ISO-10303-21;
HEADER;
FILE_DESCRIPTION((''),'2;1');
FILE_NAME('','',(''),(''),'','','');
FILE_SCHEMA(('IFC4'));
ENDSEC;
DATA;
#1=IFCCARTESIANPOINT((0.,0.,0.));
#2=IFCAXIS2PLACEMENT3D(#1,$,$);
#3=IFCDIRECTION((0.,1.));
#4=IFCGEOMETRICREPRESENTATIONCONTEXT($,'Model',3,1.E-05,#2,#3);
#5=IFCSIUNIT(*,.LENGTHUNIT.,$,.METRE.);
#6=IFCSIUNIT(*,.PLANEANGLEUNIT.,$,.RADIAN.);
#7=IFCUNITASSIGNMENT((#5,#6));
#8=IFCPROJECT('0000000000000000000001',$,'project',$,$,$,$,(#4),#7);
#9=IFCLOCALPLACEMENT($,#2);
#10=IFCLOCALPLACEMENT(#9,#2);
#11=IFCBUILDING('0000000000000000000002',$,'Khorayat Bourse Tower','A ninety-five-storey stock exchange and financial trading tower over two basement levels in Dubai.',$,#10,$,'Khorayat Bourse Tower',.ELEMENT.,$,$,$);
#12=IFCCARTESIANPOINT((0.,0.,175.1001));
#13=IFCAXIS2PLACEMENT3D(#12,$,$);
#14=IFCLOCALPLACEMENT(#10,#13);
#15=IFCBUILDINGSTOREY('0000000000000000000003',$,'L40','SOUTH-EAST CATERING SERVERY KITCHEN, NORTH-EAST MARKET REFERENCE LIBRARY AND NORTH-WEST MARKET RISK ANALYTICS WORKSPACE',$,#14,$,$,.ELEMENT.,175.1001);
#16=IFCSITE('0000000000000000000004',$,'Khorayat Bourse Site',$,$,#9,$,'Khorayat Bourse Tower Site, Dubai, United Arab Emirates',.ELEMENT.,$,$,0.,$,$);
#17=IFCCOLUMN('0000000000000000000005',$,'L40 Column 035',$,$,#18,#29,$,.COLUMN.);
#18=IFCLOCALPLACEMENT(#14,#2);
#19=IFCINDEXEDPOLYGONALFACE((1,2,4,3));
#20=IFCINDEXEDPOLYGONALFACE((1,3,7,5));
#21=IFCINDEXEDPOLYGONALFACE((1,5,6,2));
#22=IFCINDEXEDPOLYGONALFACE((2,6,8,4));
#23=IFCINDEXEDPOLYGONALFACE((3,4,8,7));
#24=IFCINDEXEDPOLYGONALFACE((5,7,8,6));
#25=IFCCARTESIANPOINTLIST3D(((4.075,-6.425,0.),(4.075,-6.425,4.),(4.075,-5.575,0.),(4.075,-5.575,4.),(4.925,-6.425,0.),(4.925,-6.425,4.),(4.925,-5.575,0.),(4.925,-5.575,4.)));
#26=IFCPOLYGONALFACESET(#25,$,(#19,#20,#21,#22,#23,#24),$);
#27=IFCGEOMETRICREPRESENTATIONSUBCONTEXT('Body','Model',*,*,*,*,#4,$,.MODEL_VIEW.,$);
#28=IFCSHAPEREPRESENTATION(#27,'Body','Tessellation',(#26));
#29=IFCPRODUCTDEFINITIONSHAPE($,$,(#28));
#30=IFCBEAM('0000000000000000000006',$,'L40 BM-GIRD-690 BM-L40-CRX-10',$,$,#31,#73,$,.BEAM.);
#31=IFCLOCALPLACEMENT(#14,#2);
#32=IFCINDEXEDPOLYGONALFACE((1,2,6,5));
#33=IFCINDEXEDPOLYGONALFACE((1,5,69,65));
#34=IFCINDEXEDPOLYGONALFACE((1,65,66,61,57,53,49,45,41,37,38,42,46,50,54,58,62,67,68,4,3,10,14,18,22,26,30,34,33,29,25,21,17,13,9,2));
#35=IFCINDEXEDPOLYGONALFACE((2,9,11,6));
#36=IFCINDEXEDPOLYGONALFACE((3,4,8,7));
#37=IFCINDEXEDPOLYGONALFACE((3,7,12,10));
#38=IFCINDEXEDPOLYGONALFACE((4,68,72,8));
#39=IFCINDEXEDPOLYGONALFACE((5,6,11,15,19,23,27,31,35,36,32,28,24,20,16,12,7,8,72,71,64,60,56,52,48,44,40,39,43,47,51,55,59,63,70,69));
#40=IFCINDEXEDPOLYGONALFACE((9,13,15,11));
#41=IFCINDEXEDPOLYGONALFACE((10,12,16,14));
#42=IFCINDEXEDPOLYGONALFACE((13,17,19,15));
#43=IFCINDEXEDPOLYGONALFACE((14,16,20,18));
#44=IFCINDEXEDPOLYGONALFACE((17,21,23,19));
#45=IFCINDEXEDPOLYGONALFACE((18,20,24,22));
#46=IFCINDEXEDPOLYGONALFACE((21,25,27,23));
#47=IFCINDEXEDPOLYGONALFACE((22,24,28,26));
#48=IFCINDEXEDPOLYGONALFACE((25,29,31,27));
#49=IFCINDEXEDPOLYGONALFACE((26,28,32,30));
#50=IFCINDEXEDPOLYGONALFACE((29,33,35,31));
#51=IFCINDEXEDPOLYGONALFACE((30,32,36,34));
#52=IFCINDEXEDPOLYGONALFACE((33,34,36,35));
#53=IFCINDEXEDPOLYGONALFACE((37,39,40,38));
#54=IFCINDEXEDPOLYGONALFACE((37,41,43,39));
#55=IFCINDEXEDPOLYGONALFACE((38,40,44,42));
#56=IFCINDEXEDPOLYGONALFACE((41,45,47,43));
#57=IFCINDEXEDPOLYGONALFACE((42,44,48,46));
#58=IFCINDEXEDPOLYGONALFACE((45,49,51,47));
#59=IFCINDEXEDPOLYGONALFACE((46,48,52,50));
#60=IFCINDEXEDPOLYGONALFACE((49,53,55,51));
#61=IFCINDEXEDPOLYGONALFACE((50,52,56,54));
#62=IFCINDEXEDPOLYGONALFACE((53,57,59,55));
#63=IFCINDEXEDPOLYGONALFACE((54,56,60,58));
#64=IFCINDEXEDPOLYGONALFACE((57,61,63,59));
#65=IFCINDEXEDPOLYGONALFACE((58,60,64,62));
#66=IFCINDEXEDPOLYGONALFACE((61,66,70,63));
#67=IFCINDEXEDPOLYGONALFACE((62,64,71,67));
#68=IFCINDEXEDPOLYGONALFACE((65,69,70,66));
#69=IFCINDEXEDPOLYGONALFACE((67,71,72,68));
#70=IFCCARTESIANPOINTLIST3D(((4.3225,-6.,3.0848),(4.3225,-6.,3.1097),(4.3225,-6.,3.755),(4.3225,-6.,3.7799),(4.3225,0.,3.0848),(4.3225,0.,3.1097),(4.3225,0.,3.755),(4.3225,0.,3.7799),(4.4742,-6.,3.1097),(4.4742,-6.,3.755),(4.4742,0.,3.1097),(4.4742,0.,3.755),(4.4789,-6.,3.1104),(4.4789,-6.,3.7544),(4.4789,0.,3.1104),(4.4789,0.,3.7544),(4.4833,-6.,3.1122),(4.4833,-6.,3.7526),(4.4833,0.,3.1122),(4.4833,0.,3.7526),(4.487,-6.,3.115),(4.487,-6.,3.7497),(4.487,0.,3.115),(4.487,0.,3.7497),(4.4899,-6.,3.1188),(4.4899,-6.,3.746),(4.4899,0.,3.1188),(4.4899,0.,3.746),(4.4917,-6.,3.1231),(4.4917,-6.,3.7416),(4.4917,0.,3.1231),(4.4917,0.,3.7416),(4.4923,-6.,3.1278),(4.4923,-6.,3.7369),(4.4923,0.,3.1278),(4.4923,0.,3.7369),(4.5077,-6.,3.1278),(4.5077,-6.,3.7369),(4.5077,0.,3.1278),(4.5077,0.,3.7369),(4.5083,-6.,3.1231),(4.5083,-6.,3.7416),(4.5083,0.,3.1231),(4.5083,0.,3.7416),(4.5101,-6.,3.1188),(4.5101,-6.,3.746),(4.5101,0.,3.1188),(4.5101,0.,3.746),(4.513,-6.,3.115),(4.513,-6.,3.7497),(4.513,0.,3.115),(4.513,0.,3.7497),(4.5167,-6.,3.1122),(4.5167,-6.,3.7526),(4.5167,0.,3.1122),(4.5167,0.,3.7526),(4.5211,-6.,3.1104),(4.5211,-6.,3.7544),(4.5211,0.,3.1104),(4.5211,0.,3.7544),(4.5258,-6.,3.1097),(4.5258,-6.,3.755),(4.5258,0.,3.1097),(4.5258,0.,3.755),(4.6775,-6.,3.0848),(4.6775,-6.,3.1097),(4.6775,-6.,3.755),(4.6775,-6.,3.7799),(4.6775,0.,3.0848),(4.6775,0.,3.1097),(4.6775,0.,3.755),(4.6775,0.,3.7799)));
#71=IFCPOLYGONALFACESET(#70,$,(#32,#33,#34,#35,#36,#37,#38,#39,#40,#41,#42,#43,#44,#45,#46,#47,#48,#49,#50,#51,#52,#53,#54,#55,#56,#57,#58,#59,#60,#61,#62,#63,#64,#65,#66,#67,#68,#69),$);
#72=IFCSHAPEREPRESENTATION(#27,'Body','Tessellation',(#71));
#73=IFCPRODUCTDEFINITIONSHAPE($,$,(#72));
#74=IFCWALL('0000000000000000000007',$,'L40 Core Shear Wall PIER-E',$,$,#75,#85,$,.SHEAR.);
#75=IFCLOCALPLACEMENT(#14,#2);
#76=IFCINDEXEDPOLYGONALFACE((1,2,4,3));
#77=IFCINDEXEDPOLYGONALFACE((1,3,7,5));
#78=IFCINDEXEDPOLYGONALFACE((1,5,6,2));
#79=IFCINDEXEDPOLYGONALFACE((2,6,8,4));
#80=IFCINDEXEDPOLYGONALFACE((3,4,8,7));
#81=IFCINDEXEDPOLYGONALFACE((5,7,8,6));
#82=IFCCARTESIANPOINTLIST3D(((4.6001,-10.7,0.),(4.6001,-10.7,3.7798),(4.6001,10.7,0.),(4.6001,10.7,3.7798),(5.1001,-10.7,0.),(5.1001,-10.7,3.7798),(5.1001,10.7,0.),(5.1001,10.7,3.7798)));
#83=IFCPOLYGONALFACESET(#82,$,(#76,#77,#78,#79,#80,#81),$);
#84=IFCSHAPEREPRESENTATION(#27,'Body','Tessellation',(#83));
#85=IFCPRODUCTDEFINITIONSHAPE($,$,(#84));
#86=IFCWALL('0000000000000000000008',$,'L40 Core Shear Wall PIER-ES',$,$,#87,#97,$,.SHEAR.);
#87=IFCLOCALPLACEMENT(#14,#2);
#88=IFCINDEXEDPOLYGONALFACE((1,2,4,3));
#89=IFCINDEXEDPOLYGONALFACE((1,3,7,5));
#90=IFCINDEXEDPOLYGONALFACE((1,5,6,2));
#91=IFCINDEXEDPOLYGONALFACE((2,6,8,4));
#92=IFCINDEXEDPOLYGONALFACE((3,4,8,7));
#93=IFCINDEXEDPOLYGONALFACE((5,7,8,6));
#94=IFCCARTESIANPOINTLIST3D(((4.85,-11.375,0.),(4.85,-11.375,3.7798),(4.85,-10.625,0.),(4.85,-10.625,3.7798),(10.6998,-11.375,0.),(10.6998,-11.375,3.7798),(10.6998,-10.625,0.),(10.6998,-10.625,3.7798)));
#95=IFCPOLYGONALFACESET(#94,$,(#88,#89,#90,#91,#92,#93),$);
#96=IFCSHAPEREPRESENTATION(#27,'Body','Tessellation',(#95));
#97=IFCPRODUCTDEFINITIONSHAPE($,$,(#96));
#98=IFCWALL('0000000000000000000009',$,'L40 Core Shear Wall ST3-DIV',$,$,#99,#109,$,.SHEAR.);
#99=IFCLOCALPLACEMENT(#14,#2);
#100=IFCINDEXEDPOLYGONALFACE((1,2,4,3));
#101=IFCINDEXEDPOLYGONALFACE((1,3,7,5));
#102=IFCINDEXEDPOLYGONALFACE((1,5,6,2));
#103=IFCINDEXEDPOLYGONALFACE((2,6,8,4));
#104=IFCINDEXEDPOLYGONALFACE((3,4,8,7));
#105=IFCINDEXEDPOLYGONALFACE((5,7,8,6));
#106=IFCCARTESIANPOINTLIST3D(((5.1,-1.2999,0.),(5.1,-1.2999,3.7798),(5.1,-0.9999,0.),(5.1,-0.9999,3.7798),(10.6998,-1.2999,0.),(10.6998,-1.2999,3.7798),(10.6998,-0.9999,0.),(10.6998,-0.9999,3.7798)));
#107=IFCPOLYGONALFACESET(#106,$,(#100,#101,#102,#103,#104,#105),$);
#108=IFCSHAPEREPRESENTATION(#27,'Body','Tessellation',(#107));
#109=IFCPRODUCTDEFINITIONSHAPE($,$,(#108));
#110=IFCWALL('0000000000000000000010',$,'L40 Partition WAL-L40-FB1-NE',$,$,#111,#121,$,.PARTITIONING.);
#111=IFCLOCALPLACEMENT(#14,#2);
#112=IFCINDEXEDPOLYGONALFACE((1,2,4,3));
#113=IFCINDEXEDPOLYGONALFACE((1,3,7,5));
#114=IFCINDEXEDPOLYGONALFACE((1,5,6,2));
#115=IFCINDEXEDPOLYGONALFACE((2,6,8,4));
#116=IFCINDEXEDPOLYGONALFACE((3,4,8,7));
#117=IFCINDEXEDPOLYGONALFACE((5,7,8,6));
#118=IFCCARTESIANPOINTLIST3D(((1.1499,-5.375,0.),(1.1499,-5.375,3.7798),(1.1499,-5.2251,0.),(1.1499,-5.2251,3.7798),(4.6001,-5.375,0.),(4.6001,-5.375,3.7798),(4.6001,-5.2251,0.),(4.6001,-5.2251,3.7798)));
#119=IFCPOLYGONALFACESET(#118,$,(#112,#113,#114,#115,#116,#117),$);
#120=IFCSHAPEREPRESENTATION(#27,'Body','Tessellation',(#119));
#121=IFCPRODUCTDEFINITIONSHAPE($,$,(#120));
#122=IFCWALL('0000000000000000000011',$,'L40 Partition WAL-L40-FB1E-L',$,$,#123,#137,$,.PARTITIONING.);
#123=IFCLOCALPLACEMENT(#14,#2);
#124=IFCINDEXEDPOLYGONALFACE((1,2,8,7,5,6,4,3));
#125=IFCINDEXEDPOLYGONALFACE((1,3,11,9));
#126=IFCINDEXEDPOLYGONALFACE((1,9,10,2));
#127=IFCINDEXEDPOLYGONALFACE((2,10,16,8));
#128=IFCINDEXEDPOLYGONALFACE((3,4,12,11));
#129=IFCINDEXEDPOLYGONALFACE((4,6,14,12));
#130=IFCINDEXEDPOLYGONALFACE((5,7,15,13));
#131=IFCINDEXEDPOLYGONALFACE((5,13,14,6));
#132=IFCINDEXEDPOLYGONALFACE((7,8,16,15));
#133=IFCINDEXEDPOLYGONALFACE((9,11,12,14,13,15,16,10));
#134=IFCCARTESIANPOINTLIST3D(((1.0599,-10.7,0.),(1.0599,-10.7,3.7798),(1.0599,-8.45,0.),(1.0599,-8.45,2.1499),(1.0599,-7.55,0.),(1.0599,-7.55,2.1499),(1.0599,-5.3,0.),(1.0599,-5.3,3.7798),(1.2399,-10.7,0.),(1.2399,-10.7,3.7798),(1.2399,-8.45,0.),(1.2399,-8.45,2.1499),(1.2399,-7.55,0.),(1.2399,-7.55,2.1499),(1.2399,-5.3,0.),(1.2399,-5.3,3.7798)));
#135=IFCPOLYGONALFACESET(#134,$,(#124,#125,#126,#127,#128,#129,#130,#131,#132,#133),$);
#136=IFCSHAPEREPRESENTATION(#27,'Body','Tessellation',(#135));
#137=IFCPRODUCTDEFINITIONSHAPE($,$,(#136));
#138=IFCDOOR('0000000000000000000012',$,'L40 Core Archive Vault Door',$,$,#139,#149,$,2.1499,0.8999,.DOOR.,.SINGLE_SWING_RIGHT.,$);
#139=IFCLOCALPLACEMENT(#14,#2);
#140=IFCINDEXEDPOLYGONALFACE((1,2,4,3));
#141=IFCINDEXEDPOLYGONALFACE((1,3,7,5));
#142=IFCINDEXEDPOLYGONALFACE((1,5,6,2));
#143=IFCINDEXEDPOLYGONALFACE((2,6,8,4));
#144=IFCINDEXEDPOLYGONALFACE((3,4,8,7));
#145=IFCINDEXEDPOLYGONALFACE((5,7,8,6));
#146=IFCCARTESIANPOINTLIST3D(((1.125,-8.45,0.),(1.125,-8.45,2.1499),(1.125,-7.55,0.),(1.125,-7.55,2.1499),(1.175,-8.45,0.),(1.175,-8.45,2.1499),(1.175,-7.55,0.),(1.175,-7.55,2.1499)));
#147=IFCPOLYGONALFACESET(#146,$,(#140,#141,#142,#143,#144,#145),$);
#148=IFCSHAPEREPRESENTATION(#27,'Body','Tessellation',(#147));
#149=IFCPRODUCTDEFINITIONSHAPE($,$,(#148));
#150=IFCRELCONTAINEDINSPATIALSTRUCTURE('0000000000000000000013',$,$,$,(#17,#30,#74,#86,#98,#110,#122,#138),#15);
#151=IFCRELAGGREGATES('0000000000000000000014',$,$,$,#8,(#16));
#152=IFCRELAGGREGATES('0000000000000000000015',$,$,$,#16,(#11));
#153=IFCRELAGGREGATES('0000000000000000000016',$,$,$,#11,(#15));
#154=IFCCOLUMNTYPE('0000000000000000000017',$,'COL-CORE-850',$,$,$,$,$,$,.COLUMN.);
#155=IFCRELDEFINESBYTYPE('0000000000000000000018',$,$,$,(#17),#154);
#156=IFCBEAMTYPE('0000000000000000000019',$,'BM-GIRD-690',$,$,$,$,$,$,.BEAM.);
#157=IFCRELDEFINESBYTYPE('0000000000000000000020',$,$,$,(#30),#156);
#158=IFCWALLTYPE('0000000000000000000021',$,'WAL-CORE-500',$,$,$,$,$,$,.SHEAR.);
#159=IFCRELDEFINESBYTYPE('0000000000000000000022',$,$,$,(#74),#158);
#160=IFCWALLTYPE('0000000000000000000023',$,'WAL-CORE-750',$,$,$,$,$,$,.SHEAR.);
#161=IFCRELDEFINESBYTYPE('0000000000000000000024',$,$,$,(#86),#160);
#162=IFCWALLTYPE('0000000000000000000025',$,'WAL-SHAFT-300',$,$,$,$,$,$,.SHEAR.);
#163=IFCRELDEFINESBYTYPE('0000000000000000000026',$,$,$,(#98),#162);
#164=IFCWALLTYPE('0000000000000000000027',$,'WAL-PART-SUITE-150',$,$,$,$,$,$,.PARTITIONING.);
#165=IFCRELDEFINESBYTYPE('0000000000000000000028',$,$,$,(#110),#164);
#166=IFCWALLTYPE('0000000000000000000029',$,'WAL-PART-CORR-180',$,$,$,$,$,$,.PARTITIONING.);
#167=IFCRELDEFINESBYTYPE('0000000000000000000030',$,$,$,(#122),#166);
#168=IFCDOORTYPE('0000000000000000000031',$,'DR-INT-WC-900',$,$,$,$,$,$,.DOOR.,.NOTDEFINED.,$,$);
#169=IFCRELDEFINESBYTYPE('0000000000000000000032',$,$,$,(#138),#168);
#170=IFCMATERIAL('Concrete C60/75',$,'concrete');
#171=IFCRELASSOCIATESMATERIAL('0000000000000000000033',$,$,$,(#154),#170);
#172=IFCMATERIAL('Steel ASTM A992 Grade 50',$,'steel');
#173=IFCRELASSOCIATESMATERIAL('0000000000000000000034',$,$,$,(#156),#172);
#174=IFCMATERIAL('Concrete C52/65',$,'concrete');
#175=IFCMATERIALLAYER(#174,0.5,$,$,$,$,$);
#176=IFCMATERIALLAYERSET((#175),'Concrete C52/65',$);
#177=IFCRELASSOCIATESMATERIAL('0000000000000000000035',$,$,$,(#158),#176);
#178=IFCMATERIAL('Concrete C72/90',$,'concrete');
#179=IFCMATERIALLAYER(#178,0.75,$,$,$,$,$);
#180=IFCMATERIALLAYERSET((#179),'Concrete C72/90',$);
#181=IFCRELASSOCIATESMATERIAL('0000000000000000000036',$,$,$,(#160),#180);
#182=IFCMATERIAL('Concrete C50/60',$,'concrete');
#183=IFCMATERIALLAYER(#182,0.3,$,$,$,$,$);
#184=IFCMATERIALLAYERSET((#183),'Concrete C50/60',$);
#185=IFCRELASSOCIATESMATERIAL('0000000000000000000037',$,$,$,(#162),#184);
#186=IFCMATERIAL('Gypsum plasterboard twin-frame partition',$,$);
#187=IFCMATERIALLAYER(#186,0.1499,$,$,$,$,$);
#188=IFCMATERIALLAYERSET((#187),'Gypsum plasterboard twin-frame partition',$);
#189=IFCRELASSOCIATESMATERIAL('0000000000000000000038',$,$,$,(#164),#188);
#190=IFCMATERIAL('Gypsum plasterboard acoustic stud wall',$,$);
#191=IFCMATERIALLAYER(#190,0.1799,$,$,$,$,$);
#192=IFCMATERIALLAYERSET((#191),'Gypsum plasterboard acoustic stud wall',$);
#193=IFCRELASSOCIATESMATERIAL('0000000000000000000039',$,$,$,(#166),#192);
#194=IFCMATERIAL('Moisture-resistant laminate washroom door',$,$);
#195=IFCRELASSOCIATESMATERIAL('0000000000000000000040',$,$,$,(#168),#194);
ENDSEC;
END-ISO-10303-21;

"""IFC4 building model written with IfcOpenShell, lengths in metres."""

from ifc_helpers import new_model, si_unit, direction, frame, frame_2d, origin, origin_2d, place, context, subcontext, project, spatial, rectangle, i_section, extrude, source, transform, mapped, material, layer, layer_set, material_profile, profile_set, type_object, element, fill, save


model = new_model("IFC4")

# Units and contexts
model_context = context("Model", 3, precision=1e-05, world=origin(), true_north=direction((0.0, 1.0)))
body_context = subcontext(model_context, "Body", "Model", "MODEL_VIEW")
ifc_project = project(units=[si_unit("LENGTHUNIT", "METRE"), si_unit("PLANEANGLEUNIT", "RADIAN")], contexts=[model_context])

# Site, building, storey
site_placement = place(None, origin())
site = spatial("IfcSite", under=ifc_project, at=site_placement, Name="Khorayat Bourse Site", LongName="Khorayat Bourse Tower Site, Dubai, United Arab Emirates", CompositionType="ELEMENT", RefElevation=0.0)
building_placement = place(site_placement, origin())
building = spatial("IfcBuilding", under=site, at=building_placement, Name="Khorayat Bourse Tower", Description="A ninety-five-storey stock exchange and financial trading tower over two basement levels in Dubai.", LongName="Khorayat Bourse Tower", CompositionType="ELEMENT")
storey_placement = place(building_placement, frame((0.0, 0.0, 175.1001)))
storey = spatial("IfcBuildingStorey", under=building, at=storey_placement, Name="L40", Description="SOUTH-EAST CATERING SERVERY KITCHEN, NORTH-EAST MARKET REFERENCE LIBRARY AND NORTH-WEST MARKET RISK ANALYTICS WORKSPACE", CompositionType="ELEMENT", Elevation=175.1001)

# Column
ifc_material_1 = material(Name="Concrete C60/75", Category="concrete")
ifc_material_profile_1 = material_profile(ifc_material_1, rectangle(XDim=0.8501, YDim=0.8501, at=origin_2d()), Name="RC 850x850")
ifc_profile_set_1 = profile_set([ifc_material_profile_1], Name="Concrete C60/75")
column_type = type_object("IfcColumnType", Name="COL-CORE-850", PredefinedType="COLUMN", material=ifc_profile_set_1)
shared_shape_1 = source(origin(), body_context, "Body", "SweptSolid", [
    extrude(rectangle(XDim=0.8501, YDim=0.8501, at=origin_2d()), origin(), (0.0, 0.0, 1.0), 4.0),
])
column_placement = place(storey_placement, frame((4.5, -6.0, 0.0), z_axis=(0.0, 0.0, 1.0), x_axis=(1.0, 0.0, 0.0)))
element("IfcColumn", 1, at=column_placement, inside=storey, type_object=column_type, Name="L40 Column 035", PredefinedType="COLUMN", context=body_context, shape_type="MappedRepresentation", body=[
    mapped(shared_shape_1, transform((0.0, 0.0, 0.0), scale=1.0)),
])

# Beam
ifc_material_2 = material(Name="Steel ASTM A992 Grade 50", Category="steel")
ifc_material_profile_2 = material_profile(ifc_material_2, i_section(OverallWidth=0.355, OverallDepth=0.6951, WebThickness=0.0154, FlangeThickness=0.0249, FilletRadius=0.0181, at=origin_2d()), Name="W690X217")
ifc_profile_set_2 = profile_set([ifc_material_profile_2], Name="Steel ASTM A992 Grade 50")
beam_type = type_object("IfcBeamType", Name="BM-GIRD-690", PredefinedType="BEAM", material=ifc_profile_set_2)
shared_shape_2 = source(origin(), body_context, "Body", "SweptSolid", [
    extrude(i_section(OverallWidth=0.355, OverallDepth=0.6951, WebThickness=0.0154, FlangeThickness=0.0249, FilletRadius=0.0181, at=origin_2d()), origin(), (0.0, 0.0, 1.0), 6.0),
])
beam_placement = place(storey_placement, frame((4.5, -6.0, 3.4324), z_axis=(0.0, 1.0, 0.0), x_axis=(-1.0, 0.0, 0.0)))
element("IfcBeam", 2, at=beam_placement, inside=storey, type_object=beam_type, Name="L40 BM-GIRD-690 BM-L40-CRX-10", PredefinedType="BEAM", context=body_context, shape_type="MappedRepresentation", body=[
    mapped(shared_shape_2, transform((0.0, 0.0, 0.0), scale=1.0)),
])

# Walls
ifc_material_3 = material(Name="Concrete C52/65", Category="concrete")
ifc_layer_1 = layer(ifc_material_3, 0.5)
ifc_layer_set_1 = layer_set([ifc_layer_1], Name="Concrete C52/65")
wall_type_1 = type_object("IfcWallType", Name="WAL-CORE-500", PredefinedType="SHEAR", material=ifc_layer_set_1)
shared_shape_3 = source(origin(), body_context, "Body", "SweptSolid", [
    extrude(rectangle(XDim=21.3999, YDim=0.5, at=frame_2d((10.7, 0.0))), origin(), (0.0, 0.0, 1.0), 3.7798),
])
wall_1_placement = place(storey_placement, frame((4.8501, -10.7, 0.0), z_axis=(0.0, 0.0, 1.0), x_axis=(0.0, 1.0, 0.0)))
element("IfcWall", 3, at=wall_1_placement, inside=storey, type_object=wall_type_1, Name="L40 Core Shear Wall PIER-E", PredefinedType="SHEAR", context=body_context, shape_type="MappedRepresentation", body=[
    mapped(shared_shape_3, transform((0.0, 0.0, 0.0), scale=1.0)),
])
ifc_material_4 = material(Name="Concrete C72/90", Category="concrete")
ifc_layer_2 = layer(ifc_material_4, 0.75)
ifc_layer_set_2 = layer_set([ifc_layer_2], Name="Concrete C72/90")
wall_type_2 = type_object("IfcWallType", Name="WAL-CORE-750", PredefinedType="SHEAR", material=ifc_layer_set_2)
shared_shape_4 = source(origin(), body_context, "Body", "SweptSolid", [
    extrude(rectangle(XDim=5.8499, YDim=0.75, at=frame_2d((2.9248, 0.0))), origin(), (0.0, 0.0, 1.0), 3.7798),
])
wall_2_placement = place(storey_placement, frame((4.8501, -11.0, 0.0), z_axis=(0.0, 0.0, 1.0), x_axis=(1.0, 0.0, 0.0)))
element("IfcWall", 4, at=wall_2_placement, inside=storey, type_object=wall_type_2, Name="L40 Core Shear Wall PIER-ES", PredefinedType="SHEAR", context=body_context, shape_type="MappedRepresentation", body=[
    mapped(shared_shape_4, transform((0.0, 0.0, 0.0), scale=1.0)),
])
ifc_material_5 = material(Name="Concrete C50/60", Category="concrete")
ifc_layer_3 = layer(ifc_material_5, 0.3)
ifc_layer_set_3 = layer_set([ifc_layer_3], Name="Concrete C50/60")
wall_type_3 = type_object("IfcWallType", Name="WAL-SHAFT-300", PredefinedType="SHEAR", material=ifc_layer_set_3)
shared_shape_5 = source(origin(), body_context, "Body", "SweptSolid", [
    extrude(rectangle(XDim=5.5999, YDim=0.3, at=frame_2d((2.7998, 0.0))), origin(), (0.0, 0.0, 1.0), 3.7798),
])
wall_3_placement = place(storey_placement, frame((5.1001, -1.1499, 0.0), z_axis=(0.0, 0.0, 1.0), x_axis=(1.0, 0.0, 0.0)))
element("IfcWall", 5, at=wall_3_placement, inside=storey, type_object=wall_type_3, Name="L40 Core Shear Wall ST3-DIV", PredefinedType="SHEAR", context=body_context, shape_type="MappedRepresentation", body=[
    mapped(shared_shape_5, transform((0.0, 0.0, 0.0), scale=1.0)),
])
ifc_material_6 = material(Name="Gypsum plasterboard twin-frame partition")
ifc_layer_4 = layer(ifc_material_6, 0.1499)
ifc_layer_set_4 = layer_set([ifc_layer_4], Name="Gypsum plasterboard twin-frame partition")
wall_type_4 = type_object("IfcWallType", Name="WAL-PART-SUITE-150", PredefinedType="PARTITIONING", material=ifc_layer_set_4)
shared_shape_6 = source(origin(), body_context, "Body", "SweptSolid", [
    extrude(rectangle(XDim=3.4502, YDim=0.1499, at=frame_2d((1.7251, 0.0))), origin(), (0.0, 0.0, 1.0), 3.7798),
])
wall_4_placement = place(storey_placement, frame((1.1499, -5.3, 0.0), z_axis=(0.0, 0.0, 1.0), x_axis=(1.0, 0.0, 0.0)))
element("IfcWall", 6, at=wall_4_placement, inside=storey, type_object=wall_type_4, Name="L40 Partition WAL-L40-FB1-NE", PredefinedType="PARTITIONING", context=body_context, shape_type="MappedRepresentation", body=[
    mapped(shared_shape_6, transform((0.0, 0.0, 0.0), scale=1.0)),
])

# Shared definitions
ifc_material_7 = material(Name="Gypsum plasterboard acoustic stud wall")
ifc_layer_5 = layer(ifc_material_7, 0.1799)
ifc_layer_set_5 = layer_set([ifc_layer_5], Name="Gypsum plasterboard acoustic stud wall")
wall_type_5 = type_object("IfcWallType", Name="WAL-PART-CORR-180", PredefinedType="PARTITIONING", material=ifc_layer_set_5)
shared_shape_7 = source(origin(), body_context, "Body", "SweptSolid", [
    extrude(rectangle(XDim=5.3999, YDim=0.1799, at=frame_2d((2.7, 0.0))), origin(), (0.0, 0.0, 1.0), 3.7798),
])
shared_shape_8 = source(origin(), body_context, "Body", "SweptSolid", [
    extrude(rectangle(XDim=0.8999, YDim=2.1499, at=frame_2d((0.45, 1.075))), frame((0.0, 0.0999, 0.0), z_axis=(0.0, -1.0, 0.0), x_axis=(1.0, 0.0, 0.0)), (0.0, 0.0, 1.0), 0.2),
])
ifc_material_8 = material(Name="Moisture-resistant laminate washroom door")
door_type = type_object("IfcDoorType", Name="DR-INT-WC-900", OperationType="NOTDEFINED", PredefinedType="DOOR", material=ifc_material_8)
shared_shape_9 = source(origin(), body_context, "Body", "SweptSolid", [
    extrude(rectangle(XDim=0.8999, YDim=2.1499, at=frame_2d((0.45, 1.075))), frame((0.0, 0.0249, 0.0), z_axis=(0.0, -1.0, 0.0), x_axis=(1.0, 0.0, 0.0)), (0.0, 0.0, 1.0), 0.05),
])

# Wall, opening, door
wall_5_placement = place(storey_placement, frame((1.1499, -10.7, 0.0), z_axis=(0.0, 0.0, 1.0), x_axis=(0.0, 1.0, 0.0)))
wall_5 = element("IfcWall", 7, at=wall_5_placement, inside=storey, type_object=wall_type_5, Name="L40 Partition WAL-L40-FB1E-L", PredefinedType="PARTITIONING", context=body_context, shape_type="MappedRepresentation", body=[
    mapped(shared_shape_7, transform((0.0, 0.0, 0.0), scale=1.0)),
])
opening_1_placement = place(wall_5_placement, frame((2.25, 0.0, 0.0)))
opening_1 = element("IfcOpeningElement", 8, at=opening_1_placement, cuts=wall_5, PredefinedType="OPENING", context=body_context, shape_type="MappedRepresentation", body=[
    mapped(shared_shape_8, transform((0.0, 0.0, 0.0), scale=1.0)),
])
door_1_placement = place(opening_1_placement, origin())
door_1 = element("IfcDoor", 9, at=door_1_placement, inside=storey, type_object=door_type, Name="L40 Core Archive Vault Door", OperationType="SINGLE_SWING_RIGHT", OverallHeight=2.1499, OverallWidth=0.8999, PredefinedType="DOOR", context=body_context, shape_type="MappedRepresentation", body=[
    mapped(shared_shape_9, transform((0.0, 0.0, 0.0), scale=1.0)),
])
fill(opening_1, door_1)

save(model, "model.ifc")
